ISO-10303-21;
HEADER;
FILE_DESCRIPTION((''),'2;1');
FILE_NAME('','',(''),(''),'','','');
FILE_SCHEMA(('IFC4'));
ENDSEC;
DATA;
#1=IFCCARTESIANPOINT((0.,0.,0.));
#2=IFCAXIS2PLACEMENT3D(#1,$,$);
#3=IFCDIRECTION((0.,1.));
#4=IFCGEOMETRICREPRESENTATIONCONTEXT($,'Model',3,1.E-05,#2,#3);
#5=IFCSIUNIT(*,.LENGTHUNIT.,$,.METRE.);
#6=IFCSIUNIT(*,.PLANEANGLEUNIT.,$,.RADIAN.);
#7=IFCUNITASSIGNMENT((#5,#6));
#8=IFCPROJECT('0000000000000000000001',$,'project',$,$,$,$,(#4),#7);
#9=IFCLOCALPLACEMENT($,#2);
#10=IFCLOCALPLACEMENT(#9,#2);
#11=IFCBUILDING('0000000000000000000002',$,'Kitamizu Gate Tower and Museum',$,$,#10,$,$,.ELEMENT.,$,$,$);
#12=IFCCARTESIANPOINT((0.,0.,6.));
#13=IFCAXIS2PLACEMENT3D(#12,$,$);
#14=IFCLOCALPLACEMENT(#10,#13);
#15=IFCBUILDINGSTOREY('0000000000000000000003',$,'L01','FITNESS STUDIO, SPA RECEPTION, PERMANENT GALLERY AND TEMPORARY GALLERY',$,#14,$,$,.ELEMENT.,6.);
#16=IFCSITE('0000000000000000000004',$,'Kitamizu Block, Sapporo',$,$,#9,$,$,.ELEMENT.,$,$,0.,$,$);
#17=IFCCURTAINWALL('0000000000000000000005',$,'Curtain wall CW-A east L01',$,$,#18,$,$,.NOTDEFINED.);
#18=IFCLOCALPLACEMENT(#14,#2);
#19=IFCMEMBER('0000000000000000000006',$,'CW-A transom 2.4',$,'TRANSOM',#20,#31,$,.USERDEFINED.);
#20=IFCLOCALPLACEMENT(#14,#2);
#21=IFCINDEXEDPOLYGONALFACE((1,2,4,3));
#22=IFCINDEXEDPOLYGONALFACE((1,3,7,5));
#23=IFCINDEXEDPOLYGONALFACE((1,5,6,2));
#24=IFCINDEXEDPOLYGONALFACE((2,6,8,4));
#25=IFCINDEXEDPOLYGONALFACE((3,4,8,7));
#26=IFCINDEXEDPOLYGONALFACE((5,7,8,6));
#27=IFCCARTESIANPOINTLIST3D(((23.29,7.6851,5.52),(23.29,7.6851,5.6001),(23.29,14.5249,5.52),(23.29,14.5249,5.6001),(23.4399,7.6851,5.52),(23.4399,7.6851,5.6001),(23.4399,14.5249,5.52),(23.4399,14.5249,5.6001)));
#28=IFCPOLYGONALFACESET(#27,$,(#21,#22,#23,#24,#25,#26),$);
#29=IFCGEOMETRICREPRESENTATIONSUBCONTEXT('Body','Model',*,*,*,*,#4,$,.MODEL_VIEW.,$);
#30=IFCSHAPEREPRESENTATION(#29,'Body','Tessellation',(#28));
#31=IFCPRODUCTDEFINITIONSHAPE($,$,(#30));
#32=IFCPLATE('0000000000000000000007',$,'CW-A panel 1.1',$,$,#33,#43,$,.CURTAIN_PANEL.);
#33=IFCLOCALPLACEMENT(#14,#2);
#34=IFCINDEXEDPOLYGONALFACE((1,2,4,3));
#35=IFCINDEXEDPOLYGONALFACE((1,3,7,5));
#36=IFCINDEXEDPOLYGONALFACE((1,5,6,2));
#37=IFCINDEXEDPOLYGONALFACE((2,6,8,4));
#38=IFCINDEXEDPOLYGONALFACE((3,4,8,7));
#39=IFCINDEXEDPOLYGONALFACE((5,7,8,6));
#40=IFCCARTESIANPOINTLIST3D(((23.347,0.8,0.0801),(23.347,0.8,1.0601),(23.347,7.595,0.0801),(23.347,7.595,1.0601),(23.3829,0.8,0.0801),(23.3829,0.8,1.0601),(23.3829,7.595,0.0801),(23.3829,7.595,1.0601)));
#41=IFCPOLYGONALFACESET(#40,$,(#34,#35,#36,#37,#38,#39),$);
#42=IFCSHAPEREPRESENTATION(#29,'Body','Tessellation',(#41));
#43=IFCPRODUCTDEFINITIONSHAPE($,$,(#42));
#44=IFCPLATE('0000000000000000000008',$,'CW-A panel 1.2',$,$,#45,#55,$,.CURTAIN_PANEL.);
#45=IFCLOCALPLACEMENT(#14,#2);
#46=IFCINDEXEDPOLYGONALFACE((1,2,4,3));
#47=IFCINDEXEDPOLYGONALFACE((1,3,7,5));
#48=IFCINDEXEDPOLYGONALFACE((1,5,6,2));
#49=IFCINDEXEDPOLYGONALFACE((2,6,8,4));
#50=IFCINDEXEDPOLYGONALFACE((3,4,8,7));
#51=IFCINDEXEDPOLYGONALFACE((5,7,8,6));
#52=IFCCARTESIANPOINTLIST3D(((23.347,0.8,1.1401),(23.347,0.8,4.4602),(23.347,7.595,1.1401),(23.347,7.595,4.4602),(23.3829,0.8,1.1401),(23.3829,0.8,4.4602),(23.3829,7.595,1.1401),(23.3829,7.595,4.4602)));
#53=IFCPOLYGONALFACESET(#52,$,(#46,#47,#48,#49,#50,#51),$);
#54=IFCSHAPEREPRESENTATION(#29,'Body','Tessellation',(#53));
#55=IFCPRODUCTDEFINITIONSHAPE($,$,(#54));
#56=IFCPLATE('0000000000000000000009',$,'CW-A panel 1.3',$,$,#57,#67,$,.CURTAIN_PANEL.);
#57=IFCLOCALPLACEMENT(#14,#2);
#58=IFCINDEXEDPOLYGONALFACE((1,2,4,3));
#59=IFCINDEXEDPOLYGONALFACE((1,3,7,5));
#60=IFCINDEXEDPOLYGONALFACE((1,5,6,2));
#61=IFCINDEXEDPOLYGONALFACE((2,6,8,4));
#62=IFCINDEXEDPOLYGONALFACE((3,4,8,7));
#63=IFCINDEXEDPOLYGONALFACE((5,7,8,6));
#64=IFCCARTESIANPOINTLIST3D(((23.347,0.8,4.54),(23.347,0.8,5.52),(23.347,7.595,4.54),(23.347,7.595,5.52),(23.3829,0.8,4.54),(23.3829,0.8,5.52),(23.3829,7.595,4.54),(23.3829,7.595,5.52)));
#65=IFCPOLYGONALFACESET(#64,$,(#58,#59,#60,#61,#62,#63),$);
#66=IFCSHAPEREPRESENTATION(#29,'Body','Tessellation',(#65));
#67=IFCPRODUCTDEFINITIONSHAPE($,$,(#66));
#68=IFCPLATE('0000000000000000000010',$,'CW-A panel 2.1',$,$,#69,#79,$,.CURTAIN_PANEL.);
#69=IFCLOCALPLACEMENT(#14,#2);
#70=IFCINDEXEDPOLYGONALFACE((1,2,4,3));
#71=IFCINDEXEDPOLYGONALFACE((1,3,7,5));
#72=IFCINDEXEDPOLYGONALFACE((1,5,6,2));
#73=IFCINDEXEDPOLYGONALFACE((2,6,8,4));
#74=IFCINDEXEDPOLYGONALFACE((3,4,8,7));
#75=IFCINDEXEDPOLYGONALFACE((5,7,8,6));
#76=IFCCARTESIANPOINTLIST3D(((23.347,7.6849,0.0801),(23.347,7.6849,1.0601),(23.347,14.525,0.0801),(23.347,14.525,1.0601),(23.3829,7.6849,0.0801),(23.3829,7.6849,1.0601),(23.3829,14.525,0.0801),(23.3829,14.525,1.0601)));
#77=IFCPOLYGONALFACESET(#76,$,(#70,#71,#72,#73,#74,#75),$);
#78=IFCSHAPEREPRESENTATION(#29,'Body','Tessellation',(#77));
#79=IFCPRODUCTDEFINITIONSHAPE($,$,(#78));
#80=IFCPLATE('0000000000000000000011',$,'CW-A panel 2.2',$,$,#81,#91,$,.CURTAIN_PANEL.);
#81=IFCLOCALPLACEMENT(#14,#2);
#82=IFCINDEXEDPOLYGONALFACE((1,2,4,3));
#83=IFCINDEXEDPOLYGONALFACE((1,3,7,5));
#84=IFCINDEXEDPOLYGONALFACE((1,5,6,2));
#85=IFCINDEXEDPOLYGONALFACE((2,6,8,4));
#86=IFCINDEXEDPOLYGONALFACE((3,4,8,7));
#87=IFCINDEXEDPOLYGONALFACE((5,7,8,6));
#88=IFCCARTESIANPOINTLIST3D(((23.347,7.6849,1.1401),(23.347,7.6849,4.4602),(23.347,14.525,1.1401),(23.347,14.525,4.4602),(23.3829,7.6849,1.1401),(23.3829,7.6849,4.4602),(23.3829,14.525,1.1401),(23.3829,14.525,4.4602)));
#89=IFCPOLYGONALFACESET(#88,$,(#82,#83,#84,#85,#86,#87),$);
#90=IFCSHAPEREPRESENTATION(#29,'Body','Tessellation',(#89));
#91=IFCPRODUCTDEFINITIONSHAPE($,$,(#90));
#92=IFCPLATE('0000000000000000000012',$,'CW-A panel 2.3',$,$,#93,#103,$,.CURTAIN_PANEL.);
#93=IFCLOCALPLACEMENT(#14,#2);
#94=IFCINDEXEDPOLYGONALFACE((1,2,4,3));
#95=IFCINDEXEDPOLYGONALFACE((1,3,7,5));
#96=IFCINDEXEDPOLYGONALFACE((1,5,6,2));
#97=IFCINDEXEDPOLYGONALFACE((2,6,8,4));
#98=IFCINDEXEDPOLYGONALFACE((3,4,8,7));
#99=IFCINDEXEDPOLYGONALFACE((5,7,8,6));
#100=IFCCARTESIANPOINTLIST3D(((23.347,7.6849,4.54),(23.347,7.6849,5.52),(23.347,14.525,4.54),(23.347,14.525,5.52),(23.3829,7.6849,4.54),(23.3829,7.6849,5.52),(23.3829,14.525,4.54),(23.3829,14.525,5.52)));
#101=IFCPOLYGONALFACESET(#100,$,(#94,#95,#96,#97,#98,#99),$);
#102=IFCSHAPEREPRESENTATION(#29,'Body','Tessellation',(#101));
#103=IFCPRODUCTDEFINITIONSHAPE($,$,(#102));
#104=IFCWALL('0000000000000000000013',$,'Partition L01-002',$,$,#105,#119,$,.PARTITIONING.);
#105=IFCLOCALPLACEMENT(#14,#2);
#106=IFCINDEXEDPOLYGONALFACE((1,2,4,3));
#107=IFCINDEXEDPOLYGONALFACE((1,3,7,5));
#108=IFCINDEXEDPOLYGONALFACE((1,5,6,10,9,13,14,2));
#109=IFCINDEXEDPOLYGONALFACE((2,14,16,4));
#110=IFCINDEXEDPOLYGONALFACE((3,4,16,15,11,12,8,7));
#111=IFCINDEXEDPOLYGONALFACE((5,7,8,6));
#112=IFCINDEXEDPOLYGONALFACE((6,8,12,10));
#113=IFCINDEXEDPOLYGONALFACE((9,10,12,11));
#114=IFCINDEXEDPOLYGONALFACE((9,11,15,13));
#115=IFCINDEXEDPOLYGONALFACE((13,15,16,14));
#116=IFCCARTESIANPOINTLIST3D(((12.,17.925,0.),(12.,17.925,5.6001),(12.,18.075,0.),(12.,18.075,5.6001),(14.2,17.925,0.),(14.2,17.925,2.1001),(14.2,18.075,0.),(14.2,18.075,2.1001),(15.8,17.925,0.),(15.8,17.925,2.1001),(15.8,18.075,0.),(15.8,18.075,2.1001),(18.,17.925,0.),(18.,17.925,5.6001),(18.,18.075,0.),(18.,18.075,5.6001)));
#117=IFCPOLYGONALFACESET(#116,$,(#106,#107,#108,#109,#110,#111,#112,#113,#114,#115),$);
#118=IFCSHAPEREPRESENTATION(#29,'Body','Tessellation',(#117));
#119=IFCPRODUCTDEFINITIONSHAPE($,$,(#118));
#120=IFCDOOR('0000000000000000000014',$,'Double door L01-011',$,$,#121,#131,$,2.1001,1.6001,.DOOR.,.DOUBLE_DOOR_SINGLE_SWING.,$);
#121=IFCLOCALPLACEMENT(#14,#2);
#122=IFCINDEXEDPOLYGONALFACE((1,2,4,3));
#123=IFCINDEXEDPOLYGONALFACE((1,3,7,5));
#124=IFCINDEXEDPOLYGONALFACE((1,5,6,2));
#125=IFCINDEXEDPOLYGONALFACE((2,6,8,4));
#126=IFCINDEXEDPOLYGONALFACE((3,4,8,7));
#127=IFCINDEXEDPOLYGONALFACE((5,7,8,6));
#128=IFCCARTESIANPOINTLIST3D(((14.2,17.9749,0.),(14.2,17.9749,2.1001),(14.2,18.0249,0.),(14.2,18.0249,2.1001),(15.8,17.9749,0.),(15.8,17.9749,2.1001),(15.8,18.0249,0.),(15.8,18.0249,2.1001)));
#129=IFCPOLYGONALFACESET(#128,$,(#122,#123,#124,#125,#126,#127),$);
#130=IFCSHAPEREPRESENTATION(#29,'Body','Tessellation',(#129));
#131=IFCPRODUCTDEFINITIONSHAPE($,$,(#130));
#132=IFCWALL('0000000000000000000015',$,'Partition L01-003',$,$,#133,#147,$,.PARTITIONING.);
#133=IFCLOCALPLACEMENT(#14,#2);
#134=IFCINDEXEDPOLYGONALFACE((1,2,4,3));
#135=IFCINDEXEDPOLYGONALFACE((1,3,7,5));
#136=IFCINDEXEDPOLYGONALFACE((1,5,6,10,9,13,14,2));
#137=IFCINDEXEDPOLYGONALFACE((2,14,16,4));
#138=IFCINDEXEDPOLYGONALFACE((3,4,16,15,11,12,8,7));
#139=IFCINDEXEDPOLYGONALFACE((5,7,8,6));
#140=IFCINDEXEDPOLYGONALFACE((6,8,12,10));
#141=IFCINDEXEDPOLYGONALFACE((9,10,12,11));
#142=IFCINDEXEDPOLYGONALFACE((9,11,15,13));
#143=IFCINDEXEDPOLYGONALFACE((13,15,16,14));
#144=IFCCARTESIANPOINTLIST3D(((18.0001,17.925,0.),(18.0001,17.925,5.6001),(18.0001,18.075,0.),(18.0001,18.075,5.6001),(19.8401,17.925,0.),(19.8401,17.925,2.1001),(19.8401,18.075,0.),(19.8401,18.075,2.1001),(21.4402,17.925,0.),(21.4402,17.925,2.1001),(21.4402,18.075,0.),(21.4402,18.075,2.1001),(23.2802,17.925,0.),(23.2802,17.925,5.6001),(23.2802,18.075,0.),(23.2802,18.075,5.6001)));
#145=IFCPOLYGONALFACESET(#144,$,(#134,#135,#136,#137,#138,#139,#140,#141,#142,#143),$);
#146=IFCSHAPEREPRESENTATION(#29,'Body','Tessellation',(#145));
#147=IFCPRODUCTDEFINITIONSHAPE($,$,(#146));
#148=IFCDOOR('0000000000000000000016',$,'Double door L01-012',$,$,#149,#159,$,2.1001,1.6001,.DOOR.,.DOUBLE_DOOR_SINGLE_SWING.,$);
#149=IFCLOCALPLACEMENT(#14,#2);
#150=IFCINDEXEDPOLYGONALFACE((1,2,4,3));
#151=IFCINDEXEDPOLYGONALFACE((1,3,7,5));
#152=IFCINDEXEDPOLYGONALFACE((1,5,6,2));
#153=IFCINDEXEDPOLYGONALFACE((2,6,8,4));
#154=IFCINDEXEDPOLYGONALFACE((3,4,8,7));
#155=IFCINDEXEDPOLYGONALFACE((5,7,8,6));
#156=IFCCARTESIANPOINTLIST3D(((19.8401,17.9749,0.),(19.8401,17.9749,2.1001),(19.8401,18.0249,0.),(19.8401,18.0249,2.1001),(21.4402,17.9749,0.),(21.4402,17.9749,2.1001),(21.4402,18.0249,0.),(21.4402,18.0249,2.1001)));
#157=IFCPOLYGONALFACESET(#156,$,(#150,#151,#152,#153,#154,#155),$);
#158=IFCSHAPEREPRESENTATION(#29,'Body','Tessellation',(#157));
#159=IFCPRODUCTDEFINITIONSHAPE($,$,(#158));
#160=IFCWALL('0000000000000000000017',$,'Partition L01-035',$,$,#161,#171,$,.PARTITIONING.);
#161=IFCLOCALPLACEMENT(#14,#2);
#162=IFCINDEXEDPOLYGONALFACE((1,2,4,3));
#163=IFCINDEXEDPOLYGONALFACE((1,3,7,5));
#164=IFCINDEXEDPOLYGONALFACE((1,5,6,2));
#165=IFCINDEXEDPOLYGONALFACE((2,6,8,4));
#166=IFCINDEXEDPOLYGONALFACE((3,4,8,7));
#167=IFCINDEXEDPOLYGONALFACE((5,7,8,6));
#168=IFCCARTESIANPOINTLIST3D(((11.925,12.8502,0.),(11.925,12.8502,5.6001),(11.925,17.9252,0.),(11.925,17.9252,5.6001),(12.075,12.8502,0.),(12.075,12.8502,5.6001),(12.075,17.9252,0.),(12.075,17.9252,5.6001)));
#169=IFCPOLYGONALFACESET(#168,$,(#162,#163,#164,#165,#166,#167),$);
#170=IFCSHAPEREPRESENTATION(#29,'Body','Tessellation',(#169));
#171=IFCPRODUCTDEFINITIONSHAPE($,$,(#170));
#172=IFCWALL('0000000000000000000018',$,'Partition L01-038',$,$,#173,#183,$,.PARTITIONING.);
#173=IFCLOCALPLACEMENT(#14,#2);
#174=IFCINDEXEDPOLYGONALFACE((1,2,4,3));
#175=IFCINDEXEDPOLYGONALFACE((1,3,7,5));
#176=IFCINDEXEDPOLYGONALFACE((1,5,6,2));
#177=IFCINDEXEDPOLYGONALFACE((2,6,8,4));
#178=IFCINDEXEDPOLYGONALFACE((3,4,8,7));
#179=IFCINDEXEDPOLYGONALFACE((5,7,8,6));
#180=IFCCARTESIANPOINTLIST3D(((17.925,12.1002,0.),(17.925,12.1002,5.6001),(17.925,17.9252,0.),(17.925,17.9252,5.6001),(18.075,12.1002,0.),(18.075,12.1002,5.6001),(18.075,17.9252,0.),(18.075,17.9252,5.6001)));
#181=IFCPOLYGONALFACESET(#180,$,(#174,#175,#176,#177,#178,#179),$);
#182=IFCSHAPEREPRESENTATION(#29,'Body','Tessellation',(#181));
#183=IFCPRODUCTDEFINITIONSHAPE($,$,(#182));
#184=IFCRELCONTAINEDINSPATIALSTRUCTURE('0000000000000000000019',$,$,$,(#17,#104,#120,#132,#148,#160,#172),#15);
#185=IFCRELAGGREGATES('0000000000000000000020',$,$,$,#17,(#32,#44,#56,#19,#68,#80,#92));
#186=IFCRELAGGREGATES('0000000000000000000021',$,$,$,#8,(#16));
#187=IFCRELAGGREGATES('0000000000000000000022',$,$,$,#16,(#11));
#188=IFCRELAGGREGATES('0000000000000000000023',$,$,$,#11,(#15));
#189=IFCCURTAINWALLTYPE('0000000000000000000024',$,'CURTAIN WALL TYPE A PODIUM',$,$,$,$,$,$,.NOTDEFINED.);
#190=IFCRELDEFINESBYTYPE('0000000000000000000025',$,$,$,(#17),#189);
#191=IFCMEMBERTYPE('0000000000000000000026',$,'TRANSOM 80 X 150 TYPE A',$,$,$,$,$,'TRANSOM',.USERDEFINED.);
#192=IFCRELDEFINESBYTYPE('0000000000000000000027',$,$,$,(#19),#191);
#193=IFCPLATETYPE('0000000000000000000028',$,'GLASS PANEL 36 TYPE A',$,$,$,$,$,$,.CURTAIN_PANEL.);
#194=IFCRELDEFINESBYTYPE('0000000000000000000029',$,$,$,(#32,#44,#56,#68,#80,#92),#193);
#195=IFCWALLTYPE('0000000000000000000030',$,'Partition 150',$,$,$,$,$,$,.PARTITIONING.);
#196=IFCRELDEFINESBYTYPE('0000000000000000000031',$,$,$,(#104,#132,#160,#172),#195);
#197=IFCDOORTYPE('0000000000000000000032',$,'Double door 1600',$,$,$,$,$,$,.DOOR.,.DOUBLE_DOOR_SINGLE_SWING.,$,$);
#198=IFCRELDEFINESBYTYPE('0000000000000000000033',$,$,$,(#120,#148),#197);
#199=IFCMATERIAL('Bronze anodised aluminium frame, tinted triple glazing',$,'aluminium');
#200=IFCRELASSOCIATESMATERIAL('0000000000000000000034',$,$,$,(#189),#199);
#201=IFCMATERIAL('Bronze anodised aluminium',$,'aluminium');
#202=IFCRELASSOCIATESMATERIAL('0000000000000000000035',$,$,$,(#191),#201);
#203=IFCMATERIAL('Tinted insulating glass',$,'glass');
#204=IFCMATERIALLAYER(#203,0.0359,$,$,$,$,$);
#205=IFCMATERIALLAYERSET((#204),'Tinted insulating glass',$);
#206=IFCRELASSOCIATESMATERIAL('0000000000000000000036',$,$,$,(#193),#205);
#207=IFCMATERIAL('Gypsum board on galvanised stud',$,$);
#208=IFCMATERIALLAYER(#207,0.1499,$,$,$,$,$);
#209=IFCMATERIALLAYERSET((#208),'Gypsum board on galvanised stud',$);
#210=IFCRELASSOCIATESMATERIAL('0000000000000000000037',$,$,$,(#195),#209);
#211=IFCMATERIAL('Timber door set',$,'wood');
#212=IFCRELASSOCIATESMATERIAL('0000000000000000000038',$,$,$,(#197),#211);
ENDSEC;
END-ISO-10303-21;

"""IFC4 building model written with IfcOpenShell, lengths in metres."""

from ifc_helpers import new_model, si_unit, direction, frame, frame_2d, origin, origin_2d, place, context, subcontext, project, spatial, rectangle, extrude, material, layer, layer_set, material_profile, profile_set, type_object, element, fill, aggregate, save


model = new_model("IFC4")

# Units and contexts
model_context = context("Model", 3, precision=1e-05, world=origin(), true_north=direction((0.0, 1.0)))
body_context = subcontext(model_context, "Body", "Model", "MODEL_VIEW")
ifc_project = project(units=[si_unit("LENGTHUNIT", "METRE"), si_unit("PLANEANGLEUNIT", "RADIAN")], contexts=[model_context])

# Site, building, storey
site_placement = place(None, origin())
site = spatial("IfcSite", under=ifc_project, at=site_placement, Name="Kitamizu Block, Sapporo", CompositionType="ELEMENT", RefElevation=0.0)
building_placement = place(site_placement, origin())
building = spatial("IfcBuilding", under=site, at=building_placement, Name="Kitamizu Gate Tower and Museum", CompositionType="ELEMENT")
storey_placement = place(building_placement, frame((0.0, 0.0, 6.0)))
storey = spatial("IfcBuildingStorey", under=building, at=storey_placement, Name="L01", Description="FITNESS STUDIO, SPA RECEPTION, PERMANENT GALLERY AND TEMPORARY GALLERY", CompositionType="ELEMENT", Elevation=6.0)

# Curtain wall, member, plates
ifc_material_1 = material(Name="Bronze anodised aluminium frame, tinted triple glazing", Category="aluminium")
curtain_wall_type = type_object("IfcCurtainWallType", Name="CURTAIN WALL TYPE A PODIUM", PredefinedType="NOTDEFINED", material=ifc_material_1)
curtain_wall_placement = place(storey_placement, origin())
curtain_wall = element("IfcCurtainWall", 1, at=curtain_wall_placement, inside=storey, type_object=curtain_wall_type, Name="Curtain wall CW-A east L01", PredefinedType="NOTDEFINED")
ifc_material_2 = material(Name="Bronze anodised aluminium", Category="aluminium")
ifc_material_profile_1 = material_profile(ifc_material_2, rectangle(XDim=0.1499, YDim=0.0801, at=origin_2d()), Name="AL 80X150")
ifc_profile_set_1 = profile_set([ifc_material_profile_1], Name="Bronze anodised aluminium")
member_type_1 = type_object("IfcMemberType", Name="TRANSOM 80 X 150 TYPE A", ElementType="TRANSOM", PredefinedType="USERDEFINED", material=ifc_profile_set_1)
member_1_placement = place(storey_placement, frame((23.365, 7.6851, 5.5601), z_axis=(0.0, 1.0, 0.0), x_axis=(-1.0, 0.0, 0.0)))
member_1 = element("IfcMember", 2, at=member_1_placement, type_object=member_type_1, Name="CW-A transom 2.4", ObjectType="TRANSOM", PredefinedType="USERDEFINED", context=body_context, shape_type="SweptSolid", body=[
    extrude(rectangle(XDim=0.1499, YDim=0.0801, at=origin_2d()), origin(), (0.0, 0.0, 1.0), 6.8398),
])
ifc_material_3 = material(Name="Tinted insulating glass", Category="glass")
ifc_layer_1 = layer(ifc_material_3, 0.0359)
ifc_layer_set_1 = layer_set([ifc_layer_1], Name="Tinted insulating glass")
plate_type = type_object("IfcPlateType", Name="GLASS PANEL 36 TYPE A", PredefinedType="CURTAIN_PANEL", material=ifc_layer_set_1)
plate_1_placement = place(storey_placement, frame((23.365, 4.1975, 0.0801), z_axis=(0.0, 0.0, 1.0), x_axis=(0.0, 1.0, 0.0)))
plate_1 = element("IfcPlate", 3, at=plate_1_placement, type_object=plate_type, Name="CW-A panel 1.1", PredefinedType="CURTAIN_PANEL", context=body_context, shape_type="SweptSolid", body=[
    extrude(rectangle(XDim=6.7949, YDim=0.0359, at=origin_2d()), origin(), (0.0, 0.0, 1.0), 0.98),
])
plate_2_placement = place(storey_placement, frame((23.365, 4.1975, 1.1401), z_axis=(0.0, 0.0, 1.0), x_axis=(0.0, 1.0, 0.0)))
plate_2 = element("IfcPlate", 4, at=plate_2_placement, type_object=plate_type, Name="CW-A panel 1.2", PredefinedType="CURTAIN_PANEL", context=body_context, shape_type="SweptSolid", body=[
    extrude(rectangle(XDim=6.7949, YDim=0.0359, at=origin_2d()), origin(), (0.0, 0.0, 1.0), 3.3201),
])
plate_3_placement = place(storey_placement, frame((23.365, 4.1975, 4.54), z_axis=(0.0, 0.0, 1.0), x_axis=(0.0, 1.0, 0.0)))
plate_3 = element("IfcPlate", 5, at=plate_3_placement, type_object=plate_type, Name="CW-A panel 1.3", PredefinedType="CURTAIN_PANEL", context=body_context, shape_type="SweptSolid", body=[
    extrude(rectangle(XDim=6.7949, YDim=0.0359, at=origin_2d()), origin(), (0.0, 0.0, 1.0), 0.98),
])
plate_4_placement = place(storey_placement, frame((23.365, 11.105, 0.0801), z_axis=(0.0, 0.0, 1.0), x_axis=(0.0, 1.0, 0.0)))
plate_4 = element("IfcPlate", 6, at=plate_4_placement, type_object=plate_type, Name="CW-A panel 2.1", PredefinedType="CURTAIN_PANEL", context=body_context, shape_type="SweptSolid", body=[
    extrude(rectangle(XDim=6.8401, YDim=0.0359, at=origin_2d()), origin(), (0.0, 0.0, 1.0), 0.98),
])
plate_5_placement = place(storey_placement, frame((23.365, 11.105, 1.1401), z_axis=(0.0, 0.0, 1.0), x_axis=(0.0, 1.0, 0.0)))
plate_5 = element("IfcPlate", 7, at=plate_5_placement, type_object=plate_type, Name="CW-A panel 2.2", PredefinedType="CURTAIN_PANEL", context=body_context, shape_type="SweptSolid", body=[
    extrude(rectangle(XDim=6.8401, YDim=0.0359, at=origin_2d()), origin(), (0.0, 0.0, 1.0), 3.3201),
])
plate_6_placement = place(storey_placement, frame((23.365, 11.105, 4.54), z_axis=(0.0, 0.0, 1.0), x_axis=(0.0, 1.0, 0.0)))
plate_6 = element("IfcPlate", 8, at=plate_6_placement, type_object=plate_type, Name="CW-A panel 2.3", PredefinedType="CURTAIN_PANEL", context=body_context, shape_type="SweptSolid", body=[
    extrude(rectangle(XDim=6.8401, YDim=0.0359, at=origin_2d()), origin(), (0.0, 0.0, 1.0), 0.98),
])
aggregate(curtain_wall, [plate_1, plate_2, plate_3, member_1, plate_4, plate_5, plate_6])

# Walls, openings, doors
ifc_material_4 = material(Name="Gypsum board on galvanised stud")
ifc_layer_2 = layer(ifc_material_4, 0.1499)
ifc_layer_set_2 = layer_set([ifc_layer_2], Name="Gypsum board on galvanised stud")
wall_type = type_object("IfcWallType", Name="Partition 150", PredefinedType="PARTITIONING", material=ifc_layer_set_2)
wall_1_placement = place(storey_placement, frame((12.0, 18.0, 0.0), z_axis=(0.0, 0.0, 1.0), x_axis=(1.0, 0.0, 0.0)))
wall_1 = element("IfcWall", 9, at=wall_1_placement, inside=storey, type_object=wall_type, Name="Partition L01-002", PredefinedType="PARTITIONING", context=body_context, shape_type="SweptSolid", body=[
    extrude(rectangle(XDim=6.0, YDim=0.1499, at=frame_2d((3.0, 0.0))), origin(), (0.0, 0.0, 1.0), 5.6001),
])
opening_1_placement = place(wall_1_placement, frame((2.2, 0.0, 0.0)))
opening_1 = element("IfcOpeningElement", 10, at=opening_1_placement, cuts=wall_1, PredefinedType="OPENING", context=body_context, shape_type="SweptSolid", body=[
    extrude(rectangle(XDim=1.6001, YDim=2.1001, at=frame_2d((0.8, 1.05))), frame((0.0, 0.085, 0.0), z_axis=(0.0, -1.0, 0.0), x_axis=(1.0, 0.0, 0.0)), (0.0, 0.0, 1.0), 0.1699),
])
ifc_material_5 = material(Name="Timber door set", Category="wood")
door_type = type_object("IfcDoorType", Name="Double door 1600", OperationType="DOUBLE_DOOR_SINGLE_SWING", PredefinedType="DOOR", material=ifc_material_5)
door_1_placement = place(opening_1_placement, origin())
door_1 = element("IfcDoor", 11, at=door_1_placement, inside=storey, type_object=door_type, Name="Double door L01-011", OperationType="DOUBLE_DOOR_SINGLE_SWING", OverallHeight=2.1001, OverallWidth=1.6001, PredefinedType="DOOR", context=body_context, shape_type="SweptSolid", body=[
    extrude(rectangle(XDim=1.6001, YDim=2.1001, at=frame_2d((0.8, 1.05))), frame((0.0, 0.0249, 0.0), z_axis=(0.0, -1.0, 0.0), x_axis=(1.0, 0.0, 0.0)), (0.0, 0.0, 1.0), 0.05),
])
fill(opening_1, door_1)
wall_2_placement = place(storey_placement, frame((18.0, 18.0, 0.0), z_axis=(0.0, 0.0, 1.0), x_axis=(1.0, 0.0, 0.0)))
wall_2 = element("IfcWall", 12, at=wall_2_placement, inside=storey, type_object=wall_type, Name="Partition L01-003", PredefinedType="PARTITIONING", context=body_context, shape_type="SweptSolid", body=[
    extrude(rectangle(XDim=5.28, YDim=0.1499, at=frame_2d((2.6401, 0.0))), origin(), (0.0, 0.0, 1.0), 5.6001),
])
opening_2_placement = place(wall_2_placement, frame((1.8401, 0.0, 0.0)))
opening_2 = element("IfcOpeningElement", 13, at=opening_2_placement, cuts=wall_2, PredefinedType="OPENING", context=body_context, shape_type="SweptSolid", body=[
    extrude(rectangle(XDim=1.6001, YDim=2.1001, at=frame_2d((0.8, 1.05))), frame((0.0, 0.085, 0.0), z_axis=(0.0, -1.0, 0.0), x_axis=(1.0, 0.0, 0.0)), (0.0, 0.0, 1.0), 0.1699),
])
door_2_placement = place(opening_2_placement, origin())
door_2 = element("IfcDoor", 14, at=door_2_placement, inside=storey, type_object=door_type, Name="Double door L01-012", OperationType="DOUBLE_DOOR_SINGLE_SWING", OverallHeight=2.1001, OverallWidth=1.6001, PredefinedType="DOOR", context=body_context, shape_type="SweptSolid", body=[
    extrude(rectangle(XDim=1.6001, YDim=2.1001, at=frame_2d((0.8, 1.05))), frame((0.0, 0.0249, 0.0), z_axis=(0.0, -1.0, 0.0), x_axis=(1.0, 0.0, 0.0)), (0.0, 0.0, 1.0), 0.05),
])
fill(opening_2, door_2)

# Walls
wall_3_placement = place(storey_placement, frame((12.0, 12.8501, 0.0), z_axis=(0.0, 0.0, 1.0), x_axis=(0.0, 1.0, 0.0)))
element("IfcWall", 15, at=wall_3_placement, inside=storey, type_object=wall_type, Name="Partition L01-035", PredefinedType="PARTITIONING", context=body_context, shape_type="SweptSolid", body=[
    extrude(rectangle(XDim=5.075, YDim=0.1499, at=frame_2d((2.5376, 0.0))), origin(), (0.0, 0.0, 1.0), 5.6001),
])
wall_4_placement = place(storey_placement, frame((18.0, 12.1001, 0.0), z_axis=(0.0, 0.0, 1.0), x_axis=(0.0, 1.0, 0.0)))
element("IfcWall", 16, at=wall_4_placement, inside=storey, type_object=wall_type, Name="Partition L01-038", PredefinedType="PARTITIONING", context=body_context, shape_type="SweptSolid", body=[
    extrude(rectangle(XDim=5.825, YDim=0.1499, at=frame_2d((2.9126, 0.0))), origin(), (0.0, 0.0, 1.0), 5.6001),
])

save(model, "model.ifc")
